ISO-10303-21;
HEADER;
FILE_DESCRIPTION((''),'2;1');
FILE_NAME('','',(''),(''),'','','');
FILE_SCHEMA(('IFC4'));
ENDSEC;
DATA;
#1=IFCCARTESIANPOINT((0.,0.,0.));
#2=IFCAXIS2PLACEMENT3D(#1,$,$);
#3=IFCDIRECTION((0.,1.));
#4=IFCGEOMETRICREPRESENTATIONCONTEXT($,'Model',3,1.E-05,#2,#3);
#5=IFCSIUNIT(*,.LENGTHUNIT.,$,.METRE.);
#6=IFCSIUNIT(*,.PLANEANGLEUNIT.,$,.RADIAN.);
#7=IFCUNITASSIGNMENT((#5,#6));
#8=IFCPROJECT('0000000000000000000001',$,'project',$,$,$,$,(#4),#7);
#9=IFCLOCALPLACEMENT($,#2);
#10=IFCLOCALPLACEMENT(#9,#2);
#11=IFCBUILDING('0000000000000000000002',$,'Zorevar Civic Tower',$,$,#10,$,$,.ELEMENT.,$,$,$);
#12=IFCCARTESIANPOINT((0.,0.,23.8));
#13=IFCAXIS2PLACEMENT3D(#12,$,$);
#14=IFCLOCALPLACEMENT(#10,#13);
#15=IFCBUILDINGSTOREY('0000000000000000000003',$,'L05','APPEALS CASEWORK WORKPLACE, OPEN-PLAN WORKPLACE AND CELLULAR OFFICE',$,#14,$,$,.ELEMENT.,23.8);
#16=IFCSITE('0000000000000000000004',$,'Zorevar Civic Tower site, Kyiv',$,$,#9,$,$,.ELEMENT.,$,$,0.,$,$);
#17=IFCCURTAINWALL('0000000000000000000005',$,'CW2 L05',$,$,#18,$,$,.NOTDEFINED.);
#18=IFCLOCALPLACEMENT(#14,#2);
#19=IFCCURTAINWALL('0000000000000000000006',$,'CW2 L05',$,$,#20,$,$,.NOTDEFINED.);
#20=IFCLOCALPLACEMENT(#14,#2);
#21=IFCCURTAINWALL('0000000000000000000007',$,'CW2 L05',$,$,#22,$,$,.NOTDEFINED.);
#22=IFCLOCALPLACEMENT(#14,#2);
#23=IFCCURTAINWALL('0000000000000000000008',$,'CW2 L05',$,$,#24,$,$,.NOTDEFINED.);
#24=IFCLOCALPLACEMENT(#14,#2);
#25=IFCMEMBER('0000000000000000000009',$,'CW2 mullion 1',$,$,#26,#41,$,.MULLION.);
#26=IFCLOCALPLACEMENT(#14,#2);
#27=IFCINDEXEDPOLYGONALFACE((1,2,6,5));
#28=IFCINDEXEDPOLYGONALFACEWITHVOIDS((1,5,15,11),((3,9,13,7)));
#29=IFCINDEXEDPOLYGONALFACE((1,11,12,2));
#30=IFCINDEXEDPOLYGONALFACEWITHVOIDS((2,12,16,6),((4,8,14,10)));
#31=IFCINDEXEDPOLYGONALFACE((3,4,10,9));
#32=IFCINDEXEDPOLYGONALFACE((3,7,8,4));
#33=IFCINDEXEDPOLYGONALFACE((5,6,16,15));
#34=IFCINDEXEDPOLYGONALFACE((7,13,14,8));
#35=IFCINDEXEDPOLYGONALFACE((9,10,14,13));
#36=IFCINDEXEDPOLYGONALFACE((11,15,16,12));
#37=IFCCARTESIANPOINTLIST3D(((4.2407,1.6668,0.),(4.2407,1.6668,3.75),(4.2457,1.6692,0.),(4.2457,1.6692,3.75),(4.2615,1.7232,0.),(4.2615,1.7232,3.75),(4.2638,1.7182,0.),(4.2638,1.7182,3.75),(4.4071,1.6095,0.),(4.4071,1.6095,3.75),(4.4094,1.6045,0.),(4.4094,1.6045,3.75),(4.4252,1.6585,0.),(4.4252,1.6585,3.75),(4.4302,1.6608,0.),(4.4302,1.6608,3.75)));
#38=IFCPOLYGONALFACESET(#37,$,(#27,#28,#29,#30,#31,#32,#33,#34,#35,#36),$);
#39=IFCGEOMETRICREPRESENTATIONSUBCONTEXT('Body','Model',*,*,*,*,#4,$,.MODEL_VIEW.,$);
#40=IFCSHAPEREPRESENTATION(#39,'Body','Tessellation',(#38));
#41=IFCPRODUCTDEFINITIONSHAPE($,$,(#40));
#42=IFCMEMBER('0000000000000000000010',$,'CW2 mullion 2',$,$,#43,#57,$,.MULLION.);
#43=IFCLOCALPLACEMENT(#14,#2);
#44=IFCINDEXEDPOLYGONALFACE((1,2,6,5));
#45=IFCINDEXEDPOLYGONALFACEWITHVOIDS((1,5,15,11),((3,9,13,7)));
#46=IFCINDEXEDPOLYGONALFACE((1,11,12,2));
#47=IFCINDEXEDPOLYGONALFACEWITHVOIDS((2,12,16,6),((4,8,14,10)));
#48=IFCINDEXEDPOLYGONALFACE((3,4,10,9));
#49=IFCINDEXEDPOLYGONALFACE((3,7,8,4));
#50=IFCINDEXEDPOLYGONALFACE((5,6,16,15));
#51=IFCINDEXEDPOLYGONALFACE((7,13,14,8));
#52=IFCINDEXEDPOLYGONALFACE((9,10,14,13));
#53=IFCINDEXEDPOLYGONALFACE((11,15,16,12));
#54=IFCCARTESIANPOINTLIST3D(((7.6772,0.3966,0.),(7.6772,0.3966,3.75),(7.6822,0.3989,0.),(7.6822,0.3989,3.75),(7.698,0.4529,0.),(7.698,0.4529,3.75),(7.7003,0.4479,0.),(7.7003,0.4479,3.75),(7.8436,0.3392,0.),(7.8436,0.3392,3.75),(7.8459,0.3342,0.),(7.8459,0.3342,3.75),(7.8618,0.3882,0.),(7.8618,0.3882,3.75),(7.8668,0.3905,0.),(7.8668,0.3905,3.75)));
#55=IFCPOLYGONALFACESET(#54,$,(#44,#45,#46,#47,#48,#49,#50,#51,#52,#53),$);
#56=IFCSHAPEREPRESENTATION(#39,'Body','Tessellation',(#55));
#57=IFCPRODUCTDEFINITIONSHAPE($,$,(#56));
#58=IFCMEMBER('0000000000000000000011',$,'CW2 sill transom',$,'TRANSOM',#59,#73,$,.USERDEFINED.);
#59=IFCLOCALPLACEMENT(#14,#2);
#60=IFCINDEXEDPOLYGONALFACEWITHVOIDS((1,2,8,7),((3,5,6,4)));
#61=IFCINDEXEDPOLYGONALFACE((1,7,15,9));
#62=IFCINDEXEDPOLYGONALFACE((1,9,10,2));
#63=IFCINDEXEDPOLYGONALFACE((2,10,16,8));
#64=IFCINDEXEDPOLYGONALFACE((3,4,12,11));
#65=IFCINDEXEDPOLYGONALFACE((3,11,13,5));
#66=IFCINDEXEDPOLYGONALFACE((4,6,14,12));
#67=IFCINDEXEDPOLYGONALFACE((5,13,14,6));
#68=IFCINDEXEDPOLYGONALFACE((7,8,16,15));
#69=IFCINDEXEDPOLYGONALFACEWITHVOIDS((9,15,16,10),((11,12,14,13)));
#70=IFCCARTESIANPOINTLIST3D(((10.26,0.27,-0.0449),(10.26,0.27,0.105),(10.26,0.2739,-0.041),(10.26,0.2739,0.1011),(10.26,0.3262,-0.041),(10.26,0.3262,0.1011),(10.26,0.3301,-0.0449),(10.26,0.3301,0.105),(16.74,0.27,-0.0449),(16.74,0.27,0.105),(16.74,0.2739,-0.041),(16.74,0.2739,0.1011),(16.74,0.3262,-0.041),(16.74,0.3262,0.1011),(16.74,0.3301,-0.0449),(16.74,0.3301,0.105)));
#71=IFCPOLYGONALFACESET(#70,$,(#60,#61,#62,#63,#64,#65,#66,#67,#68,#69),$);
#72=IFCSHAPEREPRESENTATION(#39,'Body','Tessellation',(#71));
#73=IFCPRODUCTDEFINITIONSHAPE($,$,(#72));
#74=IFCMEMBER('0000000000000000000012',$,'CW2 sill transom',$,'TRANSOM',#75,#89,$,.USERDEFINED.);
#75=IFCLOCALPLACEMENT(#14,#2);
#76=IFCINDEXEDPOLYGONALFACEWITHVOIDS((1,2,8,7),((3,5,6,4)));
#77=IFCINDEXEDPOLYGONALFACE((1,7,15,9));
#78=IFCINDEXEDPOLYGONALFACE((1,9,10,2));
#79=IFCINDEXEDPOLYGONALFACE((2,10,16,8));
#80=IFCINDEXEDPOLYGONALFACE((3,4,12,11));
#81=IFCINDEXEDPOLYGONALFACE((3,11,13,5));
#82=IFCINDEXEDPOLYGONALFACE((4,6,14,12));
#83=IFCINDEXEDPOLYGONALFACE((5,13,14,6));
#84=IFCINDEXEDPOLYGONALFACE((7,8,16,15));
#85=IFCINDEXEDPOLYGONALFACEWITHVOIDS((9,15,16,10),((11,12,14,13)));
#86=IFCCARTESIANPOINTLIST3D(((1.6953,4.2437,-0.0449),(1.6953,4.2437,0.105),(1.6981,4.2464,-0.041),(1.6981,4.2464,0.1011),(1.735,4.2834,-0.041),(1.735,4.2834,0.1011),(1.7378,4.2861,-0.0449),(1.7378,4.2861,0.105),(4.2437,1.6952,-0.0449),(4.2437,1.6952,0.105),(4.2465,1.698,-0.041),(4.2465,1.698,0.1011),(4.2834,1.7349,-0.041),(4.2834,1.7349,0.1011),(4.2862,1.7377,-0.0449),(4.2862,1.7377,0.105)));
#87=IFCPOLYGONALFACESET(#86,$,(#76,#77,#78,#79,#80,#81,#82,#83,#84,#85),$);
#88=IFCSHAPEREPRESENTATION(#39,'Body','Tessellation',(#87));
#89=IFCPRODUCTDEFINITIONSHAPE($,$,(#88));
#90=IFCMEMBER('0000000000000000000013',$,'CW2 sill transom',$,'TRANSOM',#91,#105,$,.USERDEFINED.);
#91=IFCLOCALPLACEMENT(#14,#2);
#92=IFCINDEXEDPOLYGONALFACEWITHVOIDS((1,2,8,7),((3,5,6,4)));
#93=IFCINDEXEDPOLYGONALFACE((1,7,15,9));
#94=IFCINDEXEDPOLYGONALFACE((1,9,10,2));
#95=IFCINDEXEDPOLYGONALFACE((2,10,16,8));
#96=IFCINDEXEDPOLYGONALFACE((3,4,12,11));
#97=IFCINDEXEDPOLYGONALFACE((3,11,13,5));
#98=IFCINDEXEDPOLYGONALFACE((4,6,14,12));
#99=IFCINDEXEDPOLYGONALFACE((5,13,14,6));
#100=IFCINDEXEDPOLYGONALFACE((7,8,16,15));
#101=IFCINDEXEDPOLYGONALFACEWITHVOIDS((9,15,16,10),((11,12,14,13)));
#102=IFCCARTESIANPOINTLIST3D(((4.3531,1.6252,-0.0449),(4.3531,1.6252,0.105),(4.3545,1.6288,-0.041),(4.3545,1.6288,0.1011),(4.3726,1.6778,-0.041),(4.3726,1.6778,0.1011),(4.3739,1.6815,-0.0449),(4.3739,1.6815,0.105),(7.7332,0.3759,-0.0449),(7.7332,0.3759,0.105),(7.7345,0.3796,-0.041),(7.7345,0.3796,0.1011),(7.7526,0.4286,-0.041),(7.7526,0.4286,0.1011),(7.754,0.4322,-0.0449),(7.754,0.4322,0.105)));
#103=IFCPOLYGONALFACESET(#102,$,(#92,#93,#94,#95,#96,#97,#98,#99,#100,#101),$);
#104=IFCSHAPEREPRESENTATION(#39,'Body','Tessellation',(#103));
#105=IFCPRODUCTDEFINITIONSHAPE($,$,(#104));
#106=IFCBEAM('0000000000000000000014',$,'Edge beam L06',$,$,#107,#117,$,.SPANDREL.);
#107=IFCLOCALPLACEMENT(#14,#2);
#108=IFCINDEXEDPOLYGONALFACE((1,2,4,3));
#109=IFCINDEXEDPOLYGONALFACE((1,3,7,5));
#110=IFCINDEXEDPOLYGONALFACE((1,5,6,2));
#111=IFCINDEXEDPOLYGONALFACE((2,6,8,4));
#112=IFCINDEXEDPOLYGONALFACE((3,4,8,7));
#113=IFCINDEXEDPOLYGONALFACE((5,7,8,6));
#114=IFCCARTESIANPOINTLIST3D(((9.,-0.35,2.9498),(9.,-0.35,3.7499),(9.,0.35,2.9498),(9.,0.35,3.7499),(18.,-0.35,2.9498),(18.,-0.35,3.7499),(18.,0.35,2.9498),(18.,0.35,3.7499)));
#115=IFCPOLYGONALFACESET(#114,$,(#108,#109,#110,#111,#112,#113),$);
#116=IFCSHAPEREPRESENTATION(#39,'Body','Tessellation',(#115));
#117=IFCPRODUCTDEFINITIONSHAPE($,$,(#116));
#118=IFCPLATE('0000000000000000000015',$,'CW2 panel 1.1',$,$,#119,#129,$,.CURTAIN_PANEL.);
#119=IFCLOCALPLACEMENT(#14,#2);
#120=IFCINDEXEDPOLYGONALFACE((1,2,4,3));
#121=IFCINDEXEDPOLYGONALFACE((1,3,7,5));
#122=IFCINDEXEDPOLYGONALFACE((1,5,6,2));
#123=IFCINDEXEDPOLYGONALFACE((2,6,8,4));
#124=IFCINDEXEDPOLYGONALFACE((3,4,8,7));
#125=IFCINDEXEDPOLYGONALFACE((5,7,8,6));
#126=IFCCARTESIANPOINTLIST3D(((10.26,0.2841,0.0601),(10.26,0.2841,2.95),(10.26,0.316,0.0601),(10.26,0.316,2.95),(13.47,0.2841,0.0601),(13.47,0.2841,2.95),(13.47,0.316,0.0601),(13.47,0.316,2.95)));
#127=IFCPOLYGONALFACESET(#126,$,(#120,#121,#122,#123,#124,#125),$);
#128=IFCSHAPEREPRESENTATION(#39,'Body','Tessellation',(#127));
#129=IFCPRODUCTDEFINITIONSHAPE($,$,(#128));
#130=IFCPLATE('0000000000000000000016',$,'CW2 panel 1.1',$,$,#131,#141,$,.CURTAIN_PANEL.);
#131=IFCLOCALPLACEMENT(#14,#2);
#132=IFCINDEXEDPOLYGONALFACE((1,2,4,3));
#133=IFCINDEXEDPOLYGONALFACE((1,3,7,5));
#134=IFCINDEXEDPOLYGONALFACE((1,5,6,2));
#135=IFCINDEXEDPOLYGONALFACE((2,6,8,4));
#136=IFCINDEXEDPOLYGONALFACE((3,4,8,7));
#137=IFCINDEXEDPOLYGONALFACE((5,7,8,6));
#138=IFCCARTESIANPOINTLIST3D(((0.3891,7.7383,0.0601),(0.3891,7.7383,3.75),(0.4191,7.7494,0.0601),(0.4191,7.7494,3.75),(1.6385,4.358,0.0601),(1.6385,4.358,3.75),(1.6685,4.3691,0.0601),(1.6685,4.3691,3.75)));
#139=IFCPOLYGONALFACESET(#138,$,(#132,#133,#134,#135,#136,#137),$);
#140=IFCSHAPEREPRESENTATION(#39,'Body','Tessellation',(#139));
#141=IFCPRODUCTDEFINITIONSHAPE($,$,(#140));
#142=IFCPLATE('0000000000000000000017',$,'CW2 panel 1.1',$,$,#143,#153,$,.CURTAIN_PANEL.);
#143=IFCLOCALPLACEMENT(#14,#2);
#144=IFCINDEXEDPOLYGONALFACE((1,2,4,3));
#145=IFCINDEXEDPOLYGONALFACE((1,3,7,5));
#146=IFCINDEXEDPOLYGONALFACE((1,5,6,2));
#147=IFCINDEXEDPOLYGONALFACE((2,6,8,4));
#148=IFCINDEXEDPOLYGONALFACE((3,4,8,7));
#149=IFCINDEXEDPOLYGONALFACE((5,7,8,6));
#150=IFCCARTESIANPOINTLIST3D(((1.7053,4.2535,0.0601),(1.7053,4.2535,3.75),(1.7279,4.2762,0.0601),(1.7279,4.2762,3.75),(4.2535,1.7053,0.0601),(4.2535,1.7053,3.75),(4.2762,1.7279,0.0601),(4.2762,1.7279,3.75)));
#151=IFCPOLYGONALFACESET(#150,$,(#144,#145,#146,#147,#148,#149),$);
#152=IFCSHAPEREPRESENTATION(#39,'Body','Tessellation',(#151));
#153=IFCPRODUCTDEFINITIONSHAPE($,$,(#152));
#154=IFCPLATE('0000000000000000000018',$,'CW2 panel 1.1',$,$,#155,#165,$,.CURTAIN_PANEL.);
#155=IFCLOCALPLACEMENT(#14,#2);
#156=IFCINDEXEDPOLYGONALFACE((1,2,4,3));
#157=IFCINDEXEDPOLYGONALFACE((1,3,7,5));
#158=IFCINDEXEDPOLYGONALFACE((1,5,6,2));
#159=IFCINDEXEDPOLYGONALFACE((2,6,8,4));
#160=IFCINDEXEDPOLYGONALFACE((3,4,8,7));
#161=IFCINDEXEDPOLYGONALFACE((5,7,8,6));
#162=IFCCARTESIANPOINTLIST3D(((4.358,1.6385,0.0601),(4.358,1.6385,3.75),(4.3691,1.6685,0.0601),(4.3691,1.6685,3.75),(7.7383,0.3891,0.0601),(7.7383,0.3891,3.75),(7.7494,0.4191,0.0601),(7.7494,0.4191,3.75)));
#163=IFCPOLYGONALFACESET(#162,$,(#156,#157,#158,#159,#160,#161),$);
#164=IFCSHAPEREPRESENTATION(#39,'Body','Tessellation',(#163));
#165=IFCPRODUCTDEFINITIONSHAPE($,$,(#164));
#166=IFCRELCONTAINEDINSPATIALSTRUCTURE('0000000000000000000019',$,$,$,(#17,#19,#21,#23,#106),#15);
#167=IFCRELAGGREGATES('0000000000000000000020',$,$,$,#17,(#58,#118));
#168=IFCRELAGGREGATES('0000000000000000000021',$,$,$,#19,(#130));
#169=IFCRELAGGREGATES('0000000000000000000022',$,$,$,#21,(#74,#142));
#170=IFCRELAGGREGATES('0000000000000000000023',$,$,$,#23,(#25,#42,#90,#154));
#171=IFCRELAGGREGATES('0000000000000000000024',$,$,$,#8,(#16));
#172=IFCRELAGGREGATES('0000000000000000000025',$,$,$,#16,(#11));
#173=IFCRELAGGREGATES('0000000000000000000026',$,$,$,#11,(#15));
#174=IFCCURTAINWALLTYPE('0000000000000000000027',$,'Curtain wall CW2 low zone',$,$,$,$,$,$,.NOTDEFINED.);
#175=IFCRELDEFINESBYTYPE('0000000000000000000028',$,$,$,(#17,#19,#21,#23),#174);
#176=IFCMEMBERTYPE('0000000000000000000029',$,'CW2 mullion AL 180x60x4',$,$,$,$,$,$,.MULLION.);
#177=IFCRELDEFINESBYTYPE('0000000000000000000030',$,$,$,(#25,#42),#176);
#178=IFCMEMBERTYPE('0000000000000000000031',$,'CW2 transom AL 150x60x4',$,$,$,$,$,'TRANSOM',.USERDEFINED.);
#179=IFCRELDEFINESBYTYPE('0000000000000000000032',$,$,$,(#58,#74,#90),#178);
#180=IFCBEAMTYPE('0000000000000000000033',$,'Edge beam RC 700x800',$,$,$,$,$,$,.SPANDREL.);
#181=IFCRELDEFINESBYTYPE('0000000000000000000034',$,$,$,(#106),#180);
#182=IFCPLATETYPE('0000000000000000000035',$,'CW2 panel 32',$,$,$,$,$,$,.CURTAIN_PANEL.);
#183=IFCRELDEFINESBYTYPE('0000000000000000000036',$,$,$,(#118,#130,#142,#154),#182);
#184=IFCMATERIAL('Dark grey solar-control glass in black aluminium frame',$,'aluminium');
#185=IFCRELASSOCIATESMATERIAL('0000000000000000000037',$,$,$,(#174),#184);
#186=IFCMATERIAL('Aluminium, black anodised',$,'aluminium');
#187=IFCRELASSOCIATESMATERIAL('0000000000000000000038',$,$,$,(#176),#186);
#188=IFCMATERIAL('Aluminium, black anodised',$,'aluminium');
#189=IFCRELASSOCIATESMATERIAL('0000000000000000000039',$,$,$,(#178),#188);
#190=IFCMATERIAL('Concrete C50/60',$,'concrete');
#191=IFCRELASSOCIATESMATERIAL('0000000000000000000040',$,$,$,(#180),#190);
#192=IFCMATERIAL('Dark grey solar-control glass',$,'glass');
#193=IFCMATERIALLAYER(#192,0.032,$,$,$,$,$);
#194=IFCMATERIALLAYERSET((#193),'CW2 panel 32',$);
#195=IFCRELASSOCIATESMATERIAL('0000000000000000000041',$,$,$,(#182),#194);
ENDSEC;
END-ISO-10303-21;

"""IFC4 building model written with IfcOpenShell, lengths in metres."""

from ifc_helpers import new_model, si_unit, direction, frame, origin, origin_2d, place, context, subcontext, project, spatial, rectangle, hollow_rectangle, extrude, material, layer, layer_set, material_profile, profile_set, type_object, element, aggregate, save


model = new_model("IFC4")

# Units and contexts
model_context = context("Model", 3, precision=1e-05, world=origin(), true_north=direction((0.0, 1.0)))
body_context = subcontext(model_context, "Body", "Model", "MODEL_VIEW")
ifc_project = project(units=[si_unit("LENGTHUNIT", "METRE"), si_unit("PLANEANGLEUNIT", "RADIAN")], contexts=[model_context])

# Site, building, storey
site_placement = place(None, origin())
site = spatial("IfcSite", under=ifc_project, at=site_placement, Name="Zorevar Civic Tower site, Kyiv", CompositionType="ELEMENT", RefElevation=0.0)
building_placement = place(site_placement, origin())
building = spatial("IfcBuilding", under=site, at=building_placement, Name="Zorevar Civic Tower", CompositionType="ELEMENT")
storey_placement = place(building_placement, frame((0.0, 0.0, 23.8)))
storey = spatial("IfcBuildingStorey", under=building, at=storey_placement, Name="L05", Description="APPEALS CASEWORK WORKPLACE, OPEN-PLAN WORKPLACE AND CELLULAR OFFICE", CompositionType="ELEMENT", Elevation=23.8)

# Curtain wall
ifc_material_1 = material(Name="Dark grey solar-control glass in black aluminium frame", Category="aluminium")
curtain_wall_type = type_object("IfcCurtainWallType", Name="Curtain wall CW2 low zone", PredefinedType="NOTDEFINED", material=ifc_material_1)
curtain_wall_1_placement = place(storey_placement, origin())
curtain_wall_1 = element("IfcCurtainWall", 1, at=curtain_wall_1_placement, inside=storey, type_object=curtain_wall_type, Name="CW2 L05", PredefinedType="NOTDEFINED")
ifc_material_2 = material(Name="Aluminium, black anodised", Category="aluminium")
ifc_material_profile_1 = material_profile(ifc_material_2, hollow_rectangle(XDim=0.0601, YDim=0.1799, WallThickness=0.0039, at=origin_2d()), Name="AL 180x60x4")
ifc_profile_set_1 = profile_set([ifc_material_profile_1], Name="Aluminium, black anodised")
member_type_1 = type_object("IfcMemberType", Name="CW2 mullion AL 180x60x4", PredefinedType="MULLION", material=ifc_profile_set_1)

# Curtain wall
curtain_wall_2_placement = place(storey_placement, origin())
curtain_wall_2 = element("IfcCurtainWall", 2, at=curtain_wall_2_placement, inside=storey, type_object=curtain_wall_type, Name="CW2 L05", PredefinedType="NOTDEFINED")

# Curtain walls, members
curtain_wall_3_placement = place(storey_placement, origin())
curtain_wall_3 = element("IfcCurtainWall", 3, at=curtain_wall_3_placement, inside=storey, type_object=curtain_wall_type, Name="CW2 L05", PredefinedType="NOTDEFINED")
curtain_wall_4_placement = place(storey_placement, origin())
curtain_wall_4 = element("IfcCurtainWall", 4, at=curtain_wall_4_placement, inside=storey, type_object=curtain_wall_type, Name="CW2 L05", PredefinedType="NOTDEFINED")
member_1_placement = place(storey_placement, frame((4.3354, 1.6638, 0.0), z_axis=(0.0, 0.0, 1.0), x_axis=(0.346704, 0.937975, 0.0)))
member_1 = element("IfcMember", 5, at=member_1_placement, type_object=member_type_1, Name="CW2 mullion 1", PredefinedType="MULLION", context=body_context, shape_type="SweptSolid", body=[
    extrude(hollow_rectangle(XDim=0.0601, YDim=0.1799, WallThickness=0.0039, at=origin_2d()), origin(), (0.0, 0.0, 1.0), 3.75),
])
member_2_placement = place(storey_placement, frame((7.772, 0.3936, 0.0), z_axis=(0.0, 0.0, 1.0), x_axis=(0.346704, 0.937975, 0.0)))
member_2 = element("IfcMember", 6, at=member_2_placement, type_object=member_type_1, Name="CW2 mullion 2", PredefinedType="MULLION", context=body_context, shape_type="SweptSolid", body=[
    extrude(hollow_rectangle(XDim=0.0601, YDim=0.1799, WallThickness=0.0039, at=origin_2d()), origin(), (0.0, 0.0, 1.0), 3.75),
])

# Members
ifc_material_3 = material(Name="Aluminium, black anodised", Category="aluminium")
ifc_material_profile_2 = material_profile(ifc_material_3, hollow_rectangle(XDim=0.0601, YDim=0.1499, WallThickness=0.0039, at=origin_2d()), Name="AL 150x60x4")
ifc_profile_set_2 = profile_set([ifc_material_profile_2], Name="Aluminium, black anodised")
member_type_2 = type_object("IfcMemberType", Name="CW2 transom AL 150x60x4", ElementType="TRANSOM", PredefinedType="USERDEFINED", material=ifc_profile_set_2)
member_3_placement = place(storey_placement, frame((10.26, 0.3, 0.03), z_axis=(1.0, 0.0, 0.0), x_axis=(0.0, 1.0, 0.0)))
member_3 = element("IfcMember", 7, at=member_3_placement, type_object=member_type_2, Name="CW2 sill transom", ObjectType="TRANSOM", PredefinedType="USERDEFINED", context=body_context, shape_type="SweptSolid", body=[
    extrude(hollow_rectangle(XDim=0.0601, YDim=0.1499, WallThickness=0.0039, at=origin_2d()), origin(), (0.0, 0.0, 1.0), 6.48),
])
member_4_placement = place(storey_placement, frame((1.7166, 4.2649, 0.03), z_axis=(0.707107, -0.707107, 0.0), x_axis=(0.707107, 0.707107, 0.0)))
member_4 = element("IfcMember", 8, at=member_4_placement, type_object=member_type_2, Name="CW2 sill transom", ObjectType="TRANSOM", PredefinedType="USERDEFINED", context=body_context, shape_type="SweptSolid", body=[
    extrude(hollow_rectangle(XDim=0.0601, YDim=0.1499, WallThickness=0.0039, at=origin_2d()), origin(), (0.0, 0.0, 1.0), 3.604),
])
member_5_placement = place(storey_placement, frame((4.3635, 1.6533, 0.03), z_axis=(0.937986, -0.346672, 0.0), x_axis=(0.346672, 0.937986, 0.0)))
member_5 = element("IfcMember", 9, at=member_5_placement, type_object=member_type_2, Name="CW2 sill transom", ObjectType="TRANSOM", PredefinedType="USERDEFINED", context=body_context, shape_type="SweptSolid", body=[
    extrude(hollow_rectangle(XDim=0.0601, YDim=0.1499, WallThickness=0.0039, at=origin_2d()), origin(), (0.0, 0.0, 1.0), 3.6035),
])

# Beam
ifc_material_4 = material(Name="Concrete C50/60", Category="concrete")
ifc_material_profile_3 = material_profile(ifc_material_4, rectangle(XDim=0.7, YDim=0.8, at=origin_2d()), Name="RC 700x800")
ifc_profile_set_3 = profile_set([ifc_material_profile_3], Name="Concrete C50/60")
beam_type_1 = type_object("IfcBeamType", Name="Edge beam RC 700x800", PredefinedType="SPANDREL", material=ifc_profile_set_3)
beam_1_placement = place(storey_placement, frame((9.0, 0.0, 3.3499), z_axis=(1.0, 0.0, 0.0), x_axis=(0.0, 1.0, 0.0)))
element("IfcBeam", 10, at=beam_1_placement, inside=storey, type_object=beam_type_1, Name="Edge beam L06", PredefinedType="SPANDREL", context=body_context, shape_type="SweptSolid", body=[
    extrude(rectangle(XDim=0.7, YDim=0.8, at=origin_2d()), origin(), (0.0, 0.0, 1.0), 9.0),
])

# Plates
ifc_material_5 = material(Name="Dark grey solar-control glass", Category="glass")
ifc_layer_1 = layer(ifc_material_5, 0.032)
ifc_layer_set_1 = layer_set([ifc_layer_1], Name="CW2 panel 32")
plate_type = type_object("IfcPlateType", Name="CW2 panel 32", PredefinedType="CURTAIN_PANEL", material=ifc_layer_set_1)
plate_1_placement = place(storey_placement, frame((11.865, 0.3, 0.0601), z_axis=(0.0, 0.0, 1.0), x_axis=(1.0, 0.0, 0.0)))
plate_1 = element("IfcPlate", 11, at=plate_1_placement, type_object=plate_type, Name="CW2 panel 1.1", PredefinedType="CURTAIN_PANEL", context=body_context, shape_type="SweptSolid", body=[
    extrude(rectangle(XDim=3.21, YDim=0.032, at=origin_2d()), origin(), (0.0, 0.0, 1.0), 2.8899),
])
aggregate(curtain_wall_1, [member_3, plate_1])
plate_2_placement = place(storey_placement, frame((1.0288, 6.0537, 0.0601), z_axis=(0.0, 0.0, 1.0), x_axis=(0.346704, -0.937975, 0.0)))
plate_2 = element("IfcPlate", 12, at=plate_2_placement, type_object=plate_type, Name="CW2 panel 1.1", PredefinedType="CURTAIN_PANEL", context=body_context, shape_type="SweptSolid", body=[
    extrude(rectangle(XDim=3.6038, YDim=0.032, at=origin_2d()), origin(), (0.0, 0.0, 1.0), 3.6899),
])
aggregate(curtain_wall_2, [plate_2])
plate_3_placement = place(storey_placement, frame((2.9907, 2.9907, 0.0601), z_axis=(0.0, 0.0, 1.0), x_axis=(0.707107, -0.707107, 0.0)))
plate_3 = element("IfcPlate", 13, at=plate_3_placement, type_object=plate_type, Name="CW2 panel 1.1", PredefinedType="CURTAIN_PANEL", context=body_context, shape_type="SweptSolid", body=[
    extrude(rectangle(XDim=3.6038, YDim=0.032, at=origin_2d()), origin(), (0.0, 0.0, 1.0), 3.6899),
])
aggregate(curtain_wall_3, [member_4, plate_3])
plate_4_placement = place(storey_placement, frame((6.0537, 1.0288, 0.0601), z_axis=(0.0, 0.0, 1.0), x_axis=(0.937975, -0.346704, 0.0)))
plate_4 = element("IfcPlate", 14, at=plate_4_placement, type_object=plate_type, Name="CW2 panel 1.1", PredefinedType="CURTAIN_PANEL", context=body_context, shape_type="SweptSolid", body=[
    extrude(rectangle(XDim=3.6038, YDim=0.032, at=origin_2d()), origin(), (0.0, 0.0, 1.0), 3.6899),
])
aggregate(curtain_wall_4, [member_1, member_2, member_5, plate_4])

save(model, "model.ifc")
